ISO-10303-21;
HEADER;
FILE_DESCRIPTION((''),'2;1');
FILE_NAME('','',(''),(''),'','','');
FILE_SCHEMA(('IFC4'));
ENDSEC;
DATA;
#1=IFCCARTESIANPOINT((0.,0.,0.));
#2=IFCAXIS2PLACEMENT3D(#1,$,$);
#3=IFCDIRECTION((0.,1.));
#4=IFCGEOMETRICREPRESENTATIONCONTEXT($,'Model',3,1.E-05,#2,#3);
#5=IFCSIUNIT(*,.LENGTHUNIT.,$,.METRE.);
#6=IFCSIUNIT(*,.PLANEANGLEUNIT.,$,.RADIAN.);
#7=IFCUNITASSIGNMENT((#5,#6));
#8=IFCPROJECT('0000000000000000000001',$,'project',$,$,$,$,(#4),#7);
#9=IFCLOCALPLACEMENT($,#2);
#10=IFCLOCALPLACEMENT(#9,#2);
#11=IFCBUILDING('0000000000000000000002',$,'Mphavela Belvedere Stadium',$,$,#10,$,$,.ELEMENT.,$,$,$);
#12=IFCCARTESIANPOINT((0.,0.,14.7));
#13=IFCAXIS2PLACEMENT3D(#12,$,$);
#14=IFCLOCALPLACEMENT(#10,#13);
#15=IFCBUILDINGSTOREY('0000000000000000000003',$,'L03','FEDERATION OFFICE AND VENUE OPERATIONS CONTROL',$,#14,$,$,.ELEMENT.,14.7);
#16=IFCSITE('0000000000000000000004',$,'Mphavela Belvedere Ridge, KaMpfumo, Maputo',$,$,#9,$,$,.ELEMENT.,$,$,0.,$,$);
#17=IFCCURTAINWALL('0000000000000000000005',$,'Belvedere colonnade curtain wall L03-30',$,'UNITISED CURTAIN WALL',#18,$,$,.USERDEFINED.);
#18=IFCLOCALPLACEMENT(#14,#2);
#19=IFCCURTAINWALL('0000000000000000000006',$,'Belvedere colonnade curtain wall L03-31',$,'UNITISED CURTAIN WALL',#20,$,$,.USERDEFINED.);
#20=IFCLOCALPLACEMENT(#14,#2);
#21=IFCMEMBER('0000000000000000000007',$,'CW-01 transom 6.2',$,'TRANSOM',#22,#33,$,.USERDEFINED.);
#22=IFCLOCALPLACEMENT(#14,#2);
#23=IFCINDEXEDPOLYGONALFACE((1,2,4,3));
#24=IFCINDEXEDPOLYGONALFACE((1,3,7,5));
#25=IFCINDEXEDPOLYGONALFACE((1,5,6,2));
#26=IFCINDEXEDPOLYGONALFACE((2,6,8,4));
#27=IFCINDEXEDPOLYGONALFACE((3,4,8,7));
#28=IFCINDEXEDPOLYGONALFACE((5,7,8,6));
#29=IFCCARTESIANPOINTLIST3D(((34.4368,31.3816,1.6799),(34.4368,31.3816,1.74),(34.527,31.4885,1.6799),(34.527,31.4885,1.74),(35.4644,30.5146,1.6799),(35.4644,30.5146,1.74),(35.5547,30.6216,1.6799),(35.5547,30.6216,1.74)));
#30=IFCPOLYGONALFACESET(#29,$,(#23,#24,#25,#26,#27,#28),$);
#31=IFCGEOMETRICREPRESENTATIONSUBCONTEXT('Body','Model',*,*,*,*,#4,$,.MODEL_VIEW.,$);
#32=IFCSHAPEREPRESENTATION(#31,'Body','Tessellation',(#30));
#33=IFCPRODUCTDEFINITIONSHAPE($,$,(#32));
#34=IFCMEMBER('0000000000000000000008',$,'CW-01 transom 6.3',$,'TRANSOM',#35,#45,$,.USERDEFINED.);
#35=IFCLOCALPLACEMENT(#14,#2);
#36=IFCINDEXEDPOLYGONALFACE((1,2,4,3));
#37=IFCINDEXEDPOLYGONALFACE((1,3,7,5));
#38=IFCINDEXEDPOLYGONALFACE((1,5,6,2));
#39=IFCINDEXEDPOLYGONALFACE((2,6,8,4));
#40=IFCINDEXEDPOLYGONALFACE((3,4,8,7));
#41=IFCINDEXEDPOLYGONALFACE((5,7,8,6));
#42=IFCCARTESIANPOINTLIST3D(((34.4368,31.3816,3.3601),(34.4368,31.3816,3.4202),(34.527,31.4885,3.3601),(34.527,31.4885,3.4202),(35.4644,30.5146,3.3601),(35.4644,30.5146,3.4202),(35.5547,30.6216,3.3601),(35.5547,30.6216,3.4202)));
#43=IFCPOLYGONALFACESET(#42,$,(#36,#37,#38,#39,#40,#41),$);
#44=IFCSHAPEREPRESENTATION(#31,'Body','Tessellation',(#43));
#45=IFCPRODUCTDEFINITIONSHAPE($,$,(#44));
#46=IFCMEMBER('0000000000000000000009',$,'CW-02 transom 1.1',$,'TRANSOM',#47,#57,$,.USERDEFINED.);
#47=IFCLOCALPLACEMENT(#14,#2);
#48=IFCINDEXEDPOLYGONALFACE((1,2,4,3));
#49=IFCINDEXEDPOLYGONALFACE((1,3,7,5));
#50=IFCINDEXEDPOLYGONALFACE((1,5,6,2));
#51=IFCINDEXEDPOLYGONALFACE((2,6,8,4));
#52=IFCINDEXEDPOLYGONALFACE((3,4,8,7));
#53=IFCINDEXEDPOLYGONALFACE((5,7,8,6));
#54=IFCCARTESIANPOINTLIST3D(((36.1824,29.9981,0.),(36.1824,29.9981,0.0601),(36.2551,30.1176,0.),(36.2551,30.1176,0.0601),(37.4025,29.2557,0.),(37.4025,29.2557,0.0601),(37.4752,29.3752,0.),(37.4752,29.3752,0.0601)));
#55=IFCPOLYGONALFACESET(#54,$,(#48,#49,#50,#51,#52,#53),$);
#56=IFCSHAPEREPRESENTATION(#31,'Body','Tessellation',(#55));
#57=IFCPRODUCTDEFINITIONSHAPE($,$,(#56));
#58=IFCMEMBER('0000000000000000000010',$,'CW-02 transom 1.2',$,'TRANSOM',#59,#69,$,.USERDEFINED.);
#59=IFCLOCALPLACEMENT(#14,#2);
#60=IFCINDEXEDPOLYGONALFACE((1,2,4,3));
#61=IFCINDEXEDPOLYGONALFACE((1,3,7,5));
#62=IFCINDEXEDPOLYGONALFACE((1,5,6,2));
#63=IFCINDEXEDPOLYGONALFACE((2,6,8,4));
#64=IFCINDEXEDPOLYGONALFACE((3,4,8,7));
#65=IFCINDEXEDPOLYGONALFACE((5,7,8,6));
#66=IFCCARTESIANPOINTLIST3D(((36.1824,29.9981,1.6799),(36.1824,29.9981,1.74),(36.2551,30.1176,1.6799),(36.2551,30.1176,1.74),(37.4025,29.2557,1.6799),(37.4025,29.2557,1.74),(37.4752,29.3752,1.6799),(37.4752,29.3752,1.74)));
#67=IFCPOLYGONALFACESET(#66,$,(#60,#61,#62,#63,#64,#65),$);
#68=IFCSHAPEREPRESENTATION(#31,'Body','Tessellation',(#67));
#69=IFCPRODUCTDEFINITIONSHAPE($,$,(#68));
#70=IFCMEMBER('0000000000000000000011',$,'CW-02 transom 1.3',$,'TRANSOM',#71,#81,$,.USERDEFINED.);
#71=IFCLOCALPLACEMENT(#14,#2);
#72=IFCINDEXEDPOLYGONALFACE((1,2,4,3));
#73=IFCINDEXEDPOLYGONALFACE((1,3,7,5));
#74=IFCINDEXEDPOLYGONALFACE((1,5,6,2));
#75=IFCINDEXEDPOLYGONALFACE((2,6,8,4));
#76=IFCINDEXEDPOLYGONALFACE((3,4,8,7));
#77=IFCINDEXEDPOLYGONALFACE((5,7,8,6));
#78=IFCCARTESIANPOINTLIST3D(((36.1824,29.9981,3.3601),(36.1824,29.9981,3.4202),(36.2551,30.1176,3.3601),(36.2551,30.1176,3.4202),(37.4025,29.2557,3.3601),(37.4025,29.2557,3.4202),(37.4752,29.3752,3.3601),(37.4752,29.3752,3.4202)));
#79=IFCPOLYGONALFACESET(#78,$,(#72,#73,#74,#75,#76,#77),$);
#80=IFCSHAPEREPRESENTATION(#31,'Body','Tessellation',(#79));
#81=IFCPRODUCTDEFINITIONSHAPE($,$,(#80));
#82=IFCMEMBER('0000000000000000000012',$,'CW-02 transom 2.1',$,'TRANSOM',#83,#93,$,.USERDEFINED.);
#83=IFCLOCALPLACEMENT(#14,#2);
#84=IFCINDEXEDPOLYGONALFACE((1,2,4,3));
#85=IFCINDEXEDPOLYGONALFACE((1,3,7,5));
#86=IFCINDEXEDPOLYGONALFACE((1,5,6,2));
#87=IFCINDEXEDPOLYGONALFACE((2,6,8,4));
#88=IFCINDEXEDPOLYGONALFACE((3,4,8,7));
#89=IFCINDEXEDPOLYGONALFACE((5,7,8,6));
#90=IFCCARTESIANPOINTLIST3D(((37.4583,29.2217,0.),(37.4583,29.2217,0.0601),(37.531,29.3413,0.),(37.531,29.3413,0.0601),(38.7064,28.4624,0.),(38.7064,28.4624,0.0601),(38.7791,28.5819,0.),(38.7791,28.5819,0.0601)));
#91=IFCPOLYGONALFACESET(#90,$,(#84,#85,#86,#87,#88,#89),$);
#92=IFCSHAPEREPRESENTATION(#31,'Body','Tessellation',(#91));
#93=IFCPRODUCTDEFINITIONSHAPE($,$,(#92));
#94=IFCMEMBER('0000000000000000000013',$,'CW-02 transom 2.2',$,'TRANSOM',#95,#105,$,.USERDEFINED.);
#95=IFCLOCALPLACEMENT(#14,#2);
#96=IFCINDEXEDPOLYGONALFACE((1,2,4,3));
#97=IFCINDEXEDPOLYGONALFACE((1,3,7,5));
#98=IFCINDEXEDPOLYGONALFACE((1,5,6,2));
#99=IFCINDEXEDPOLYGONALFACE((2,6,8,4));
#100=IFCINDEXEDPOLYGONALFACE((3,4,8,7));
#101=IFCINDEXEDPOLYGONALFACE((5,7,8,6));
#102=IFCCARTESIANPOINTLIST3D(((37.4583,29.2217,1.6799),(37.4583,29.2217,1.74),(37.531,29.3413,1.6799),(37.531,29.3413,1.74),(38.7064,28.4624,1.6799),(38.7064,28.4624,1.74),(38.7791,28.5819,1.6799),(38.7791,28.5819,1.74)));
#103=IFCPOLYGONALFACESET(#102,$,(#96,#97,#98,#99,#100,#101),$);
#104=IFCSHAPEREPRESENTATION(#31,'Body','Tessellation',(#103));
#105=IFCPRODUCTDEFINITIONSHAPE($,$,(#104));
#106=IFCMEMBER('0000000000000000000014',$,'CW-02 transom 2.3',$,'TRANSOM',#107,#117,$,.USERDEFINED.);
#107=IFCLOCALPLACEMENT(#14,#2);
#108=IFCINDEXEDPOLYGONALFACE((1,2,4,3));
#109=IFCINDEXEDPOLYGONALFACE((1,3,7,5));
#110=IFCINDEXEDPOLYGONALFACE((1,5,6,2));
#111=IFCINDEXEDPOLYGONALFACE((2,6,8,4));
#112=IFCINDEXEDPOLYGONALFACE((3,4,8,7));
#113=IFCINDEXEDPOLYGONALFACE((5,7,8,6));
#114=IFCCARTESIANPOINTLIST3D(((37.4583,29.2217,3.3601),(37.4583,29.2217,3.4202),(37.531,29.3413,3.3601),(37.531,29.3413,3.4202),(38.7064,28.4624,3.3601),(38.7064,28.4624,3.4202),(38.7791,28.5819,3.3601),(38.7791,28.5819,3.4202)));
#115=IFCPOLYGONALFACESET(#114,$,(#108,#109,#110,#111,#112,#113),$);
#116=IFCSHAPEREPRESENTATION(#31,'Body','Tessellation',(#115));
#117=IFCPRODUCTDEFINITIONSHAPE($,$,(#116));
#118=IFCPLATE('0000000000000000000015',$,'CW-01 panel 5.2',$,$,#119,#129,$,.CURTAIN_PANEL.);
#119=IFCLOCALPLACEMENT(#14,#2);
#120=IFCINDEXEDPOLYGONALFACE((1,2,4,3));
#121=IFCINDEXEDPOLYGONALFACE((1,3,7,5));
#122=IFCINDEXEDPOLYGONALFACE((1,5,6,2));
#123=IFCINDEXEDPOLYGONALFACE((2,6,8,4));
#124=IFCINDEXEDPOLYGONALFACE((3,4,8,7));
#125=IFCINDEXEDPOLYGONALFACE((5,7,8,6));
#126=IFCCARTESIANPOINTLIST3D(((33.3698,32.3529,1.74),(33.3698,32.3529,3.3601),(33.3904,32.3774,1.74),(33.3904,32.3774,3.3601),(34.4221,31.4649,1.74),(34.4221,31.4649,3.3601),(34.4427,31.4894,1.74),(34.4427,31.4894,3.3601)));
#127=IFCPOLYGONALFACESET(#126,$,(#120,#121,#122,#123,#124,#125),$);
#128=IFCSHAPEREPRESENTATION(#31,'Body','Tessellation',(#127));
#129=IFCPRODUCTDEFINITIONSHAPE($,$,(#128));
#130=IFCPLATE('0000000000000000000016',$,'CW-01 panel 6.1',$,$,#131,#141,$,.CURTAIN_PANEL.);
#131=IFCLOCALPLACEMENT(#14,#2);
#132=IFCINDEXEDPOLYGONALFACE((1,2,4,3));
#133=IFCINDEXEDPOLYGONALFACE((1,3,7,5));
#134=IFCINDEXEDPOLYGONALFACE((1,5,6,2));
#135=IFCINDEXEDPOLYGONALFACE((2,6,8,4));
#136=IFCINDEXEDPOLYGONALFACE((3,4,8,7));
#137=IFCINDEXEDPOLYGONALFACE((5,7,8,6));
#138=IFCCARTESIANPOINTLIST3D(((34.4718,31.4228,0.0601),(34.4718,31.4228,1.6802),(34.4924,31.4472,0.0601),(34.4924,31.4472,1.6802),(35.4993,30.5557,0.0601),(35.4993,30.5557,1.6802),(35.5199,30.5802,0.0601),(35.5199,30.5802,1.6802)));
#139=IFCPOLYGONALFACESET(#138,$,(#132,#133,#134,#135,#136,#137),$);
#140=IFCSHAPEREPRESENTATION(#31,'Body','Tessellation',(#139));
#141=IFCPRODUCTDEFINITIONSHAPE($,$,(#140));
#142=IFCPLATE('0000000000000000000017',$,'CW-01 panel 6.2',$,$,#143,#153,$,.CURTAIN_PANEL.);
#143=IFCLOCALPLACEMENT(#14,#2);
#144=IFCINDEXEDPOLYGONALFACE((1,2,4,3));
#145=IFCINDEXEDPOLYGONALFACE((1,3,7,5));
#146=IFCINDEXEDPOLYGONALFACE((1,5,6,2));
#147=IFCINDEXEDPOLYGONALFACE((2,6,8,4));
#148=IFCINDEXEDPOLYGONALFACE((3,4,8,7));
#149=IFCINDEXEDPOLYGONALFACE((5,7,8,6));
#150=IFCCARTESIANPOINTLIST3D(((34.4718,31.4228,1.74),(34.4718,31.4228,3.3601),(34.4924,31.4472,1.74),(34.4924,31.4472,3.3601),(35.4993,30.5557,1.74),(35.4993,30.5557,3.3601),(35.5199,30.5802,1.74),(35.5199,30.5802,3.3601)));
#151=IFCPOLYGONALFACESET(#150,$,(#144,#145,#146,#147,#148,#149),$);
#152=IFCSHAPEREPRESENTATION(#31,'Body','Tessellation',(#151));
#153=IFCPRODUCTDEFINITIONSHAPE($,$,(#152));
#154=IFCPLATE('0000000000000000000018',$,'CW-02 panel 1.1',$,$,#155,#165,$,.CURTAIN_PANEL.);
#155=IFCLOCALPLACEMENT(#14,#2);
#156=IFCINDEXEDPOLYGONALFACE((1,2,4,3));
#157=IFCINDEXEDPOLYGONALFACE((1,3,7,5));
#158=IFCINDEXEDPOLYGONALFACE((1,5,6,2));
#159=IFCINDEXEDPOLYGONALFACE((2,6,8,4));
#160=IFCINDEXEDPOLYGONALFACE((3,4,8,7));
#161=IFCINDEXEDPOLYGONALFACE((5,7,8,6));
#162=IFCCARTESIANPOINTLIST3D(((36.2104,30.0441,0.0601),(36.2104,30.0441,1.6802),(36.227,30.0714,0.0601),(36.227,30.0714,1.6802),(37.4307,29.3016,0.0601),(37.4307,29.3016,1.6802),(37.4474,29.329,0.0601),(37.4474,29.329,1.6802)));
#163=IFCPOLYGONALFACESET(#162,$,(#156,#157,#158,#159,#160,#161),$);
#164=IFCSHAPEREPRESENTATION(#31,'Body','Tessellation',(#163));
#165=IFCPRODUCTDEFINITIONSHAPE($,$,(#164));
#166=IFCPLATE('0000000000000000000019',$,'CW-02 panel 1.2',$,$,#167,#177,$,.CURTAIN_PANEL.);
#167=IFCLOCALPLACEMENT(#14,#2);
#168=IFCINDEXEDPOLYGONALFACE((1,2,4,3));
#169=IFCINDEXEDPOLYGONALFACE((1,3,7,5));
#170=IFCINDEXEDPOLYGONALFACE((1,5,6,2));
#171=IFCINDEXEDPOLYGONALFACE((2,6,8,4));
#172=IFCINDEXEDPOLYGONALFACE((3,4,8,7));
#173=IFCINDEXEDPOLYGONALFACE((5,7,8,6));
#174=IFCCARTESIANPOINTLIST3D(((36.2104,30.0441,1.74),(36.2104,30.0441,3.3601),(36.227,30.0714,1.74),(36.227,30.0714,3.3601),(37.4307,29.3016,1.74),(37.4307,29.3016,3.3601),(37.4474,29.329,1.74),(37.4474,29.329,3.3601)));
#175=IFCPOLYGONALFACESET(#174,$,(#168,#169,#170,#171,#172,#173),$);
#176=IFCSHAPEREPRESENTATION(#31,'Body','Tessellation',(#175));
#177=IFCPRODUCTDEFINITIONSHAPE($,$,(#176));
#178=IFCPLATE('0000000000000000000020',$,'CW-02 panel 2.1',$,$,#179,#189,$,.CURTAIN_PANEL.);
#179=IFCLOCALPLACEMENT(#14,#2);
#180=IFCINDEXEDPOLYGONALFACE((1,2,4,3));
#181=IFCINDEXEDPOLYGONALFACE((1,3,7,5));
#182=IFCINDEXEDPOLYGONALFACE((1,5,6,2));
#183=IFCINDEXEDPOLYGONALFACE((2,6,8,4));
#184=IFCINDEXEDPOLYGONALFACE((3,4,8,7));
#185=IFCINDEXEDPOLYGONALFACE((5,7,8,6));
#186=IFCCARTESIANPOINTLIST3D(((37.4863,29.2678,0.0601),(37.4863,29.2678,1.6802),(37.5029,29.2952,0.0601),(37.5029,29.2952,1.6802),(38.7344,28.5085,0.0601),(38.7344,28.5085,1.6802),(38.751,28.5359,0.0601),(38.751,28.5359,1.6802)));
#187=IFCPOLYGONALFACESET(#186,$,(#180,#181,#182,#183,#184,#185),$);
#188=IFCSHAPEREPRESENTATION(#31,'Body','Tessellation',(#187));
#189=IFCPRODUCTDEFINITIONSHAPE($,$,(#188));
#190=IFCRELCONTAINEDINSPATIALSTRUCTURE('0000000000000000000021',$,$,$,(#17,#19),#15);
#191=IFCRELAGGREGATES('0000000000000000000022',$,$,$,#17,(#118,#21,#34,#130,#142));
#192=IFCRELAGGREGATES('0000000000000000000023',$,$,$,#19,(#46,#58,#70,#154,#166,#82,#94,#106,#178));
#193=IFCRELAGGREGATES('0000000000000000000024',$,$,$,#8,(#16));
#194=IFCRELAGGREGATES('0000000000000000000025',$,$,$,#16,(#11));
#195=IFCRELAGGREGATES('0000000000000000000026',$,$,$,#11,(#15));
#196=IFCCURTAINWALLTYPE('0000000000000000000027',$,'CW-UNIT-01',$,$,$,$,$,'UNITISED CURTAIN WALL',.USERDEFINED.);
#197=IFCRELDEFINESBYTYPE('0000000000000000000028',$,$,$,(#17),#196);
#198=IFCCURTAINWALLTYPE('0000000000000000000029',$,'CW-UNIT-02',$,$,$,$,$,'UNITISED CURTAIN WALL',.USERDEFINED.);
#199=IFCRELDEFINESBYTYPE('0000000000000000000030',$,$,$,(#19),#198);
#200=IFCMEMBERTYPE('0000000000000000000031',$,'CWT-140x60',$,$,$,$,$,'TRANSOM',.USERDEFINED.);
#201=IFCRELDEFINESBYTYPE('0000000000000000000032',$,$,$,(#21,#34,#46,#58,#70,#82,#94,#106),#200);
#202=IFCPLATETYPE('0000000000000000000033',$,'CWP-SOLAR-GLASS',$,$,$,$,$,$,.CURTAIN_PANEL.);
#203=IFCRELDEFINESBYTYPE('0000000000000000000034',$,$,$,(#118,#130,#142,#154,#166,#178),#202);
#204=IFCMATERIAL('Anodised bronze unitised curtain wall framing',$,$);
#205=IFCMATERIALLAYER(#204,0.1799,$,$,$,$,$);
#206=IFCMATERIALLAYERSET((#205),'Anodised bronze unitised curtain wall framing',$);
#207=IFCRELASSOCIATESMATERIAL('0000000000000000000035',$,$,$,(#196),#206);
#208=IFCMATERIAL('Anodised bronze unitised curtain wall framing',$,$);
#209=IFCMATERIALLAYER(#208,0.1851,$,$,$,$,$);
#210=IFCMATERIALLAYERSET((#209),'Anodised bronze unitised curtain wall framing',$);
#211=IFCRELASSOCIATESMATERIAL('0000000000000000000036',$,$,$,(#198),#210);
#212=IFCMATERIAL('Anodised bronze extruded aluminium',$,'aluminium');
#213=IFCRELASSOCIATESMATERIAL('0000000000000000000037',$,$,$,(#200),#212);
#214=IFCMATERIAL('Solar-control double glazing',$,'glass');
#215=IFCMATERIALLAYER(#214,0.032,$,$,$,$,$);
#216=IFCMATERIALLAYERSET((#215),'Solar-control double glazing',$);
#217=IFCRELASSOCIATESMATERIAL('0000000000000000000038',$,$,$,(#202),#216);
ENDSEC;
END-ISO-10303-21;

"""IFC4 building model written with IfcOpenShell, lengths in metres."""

from ifc_helpers import new_model, si_unit, direction, frame, origin, origin_2d, place, context, subcontext, project, spatial, rectangle, extrude, material, layer, layer_set, material_profile, profile_set, type_object, element, aggregate, save


model = new_model("IFC4")

# Units and contexts
model_context = context("Model", 3, precision=1e-05, world=origin(), true_north=direction((0.0, 1.0)))
body_context = subcontext(model_context, "Body", "Model", "MODEL_VIEW")
ifc_project = project(units=[si_unit("LENGTHUNIT", "METRE"), si_unit("PLANEANGLEUNIT", "RADIAN")], contexts=[model_context])

# Site, building, storey
site_placement = place(None, origin())
site = spatial("IfcSite", under=ifc_project, at=site_placement, Name="Mphavela Belvedere Ridge, KaMpfumo, Maputo", CompositionType="ELEMENT", RefElevation=0.0)
building_placement = place(site_placement, origin())
building = spatial("IfcBuilding", under=site, at=building_placement, Name="Mphavela Belvedere Stadium", CompositionType="ELEMENT")
storey_placement = place(building_placement, frame((0.0, 0.0, 14.7)))
storey = spatial("IfcBuildingStorey", under=building, at=storey_placement, Name="L03", Description="FEDERATION OFFICE AND VENUE OPERATIONS CONTROL", CompositionType="ELEMENT", Elevation=14.7)

# Curtain walls
ifc_material_1 = material(Name="Anodised bronze unitised curtain wall framing")
ifc_layer_1 = layer(ifc_material_1, 0.1799)
ifc_layer_set_1 = layer_set([ifc_layer_1], Name="Anodised bronze unitised curtain wall framing")
curtain_wall_type_1 = type_object("IfcCurtainWallType", Name="CW-UNIT-01", ElementType="UNITISED CURTAIN WALL", PredefinedType="USERDEFINED", material=ifc_layer_set_1)
curtain_wall_1_placement = place(storey_placement, origin())
curtain_wall_1 = element("IfcCurtainWall", 1, at=curtain_wall_1_placement, inside=storey, type_object=curtain_wall_type_1, Name="Belvedere colonnade curtain wall L03-30", ObjectType="UNITISED CURTAIN WALL", PredefinedType="USERDEFINED")
ifc_material_2 = material(Name="Anodised bronze unitised curtain wall framing")
ifc_layer_2 = layer(ifc_material_2, 0.1851)
ifc_layer_set_2 = layer_set([ifc_layer_2], Name="Anodised bronze unitised curtain wall framing")
curtain_wall_type_2 = type_object("IfcCurtainWallType", Name="CW-UNIT-02", ElementType="UNITISED CURTAIN WALL", PredefinedType="USERDEFINED", material=ifc_layer_set_2)
curtain_wall_2_placement = place(storey_placement, origin())
curtain_wall_2 = element("IfcCurtainWall", 2, at=curtain_wall_2_placement, inside=storey, type_object=curtain_wall_type_2, Name="Belvedere colonnade curtain wall L03-31", ObjectType="UNITISED CURTAIN WALL", PredefinedType="USERDEFINED")

# Members
ifc_material_3 = material(Name="Anodised bronze extruded aluminium", Category="aluminium")
ifc_material_profile_1 = material_profile(ifc_material_3, rectangle(XDim=0.1399, YDim=0.0601, at=origin_2d()), Name="CW-TRN 140x60")
ifc_profile_set_1 = profile_set([ifc_material_profile_1], Name="Anodised bronze extruded aluminium")
member_type_1 = type_object("IfcMemberType", Name="CWT-140x60", ElementType="TRANSOM", PredefinedType="USERDEFINED", material=ifc_profile_set_1)
member_1_placement = place(storey_placement, frame((34.4819, 31.4351, 1.71), z_axis=(0.764322, -0.644834, 0.0), x_axis=(0.644834, 0.764322, 0.0)))
member_1 = element("IfcMember", 3, at=member_1_placement, type_object=member_type_1, Name="CW-01 transom 6.2", ObjectType="TRANSOM", PredefinedType="USERDEFINED", context=body_context, shape_type="SweptSolid", body=[
    extrude(rectangle(XDim=0.1399, YDim=0.0601, at=origin_2d()), origin(), (0.0, 0.0, 1.0), 1.3445),
])
member_2_placement = place(storey_placement, frame((34.4819, 31.4351, 3.3901), z_axis=(0.764322, -0.644834, 0.0), x_axis=(0.644834, 0.764322, 0.0)))
member_2 = element("IfcMember", 4, at=member_2_placement, type_object=member_type_1, Name="CW-01 transom 6.3", ObjectType="TRANSOM", PredefinedType="USERDEFINED", context=body_context, shape_type="SweptSolid", body=[
    extrude(rectangle(XDim=0.1399, YDim=0.0601, at=origin_2d()), origin(), (0.0, 0.0, 1.0), 1.3445),
])
member_3_placement = place(storey_placement, frame((36.2188, 30.0579, 0.03), z_axis=(0.854294, -0.51979, 0.0), x_axis=(0.51979, 0.854294, 0.0)))
member_3 = element("IfcMember", 5, at=member_3_placement, type_object=member_type_1, Name="CW-02 transom 1.1", ObjectType="TRANSOM", PredefinedType="USERDEFINED", context=body_context, shape_type="SweptSolid", body=[
    extrude(rectangle(XDim=0.1399, YDim=0.0601, at=origin_2d()), origin(), (0.0, 0.0, 1.0), 1.4282),
])
member_4_placement = place(storey_placement, frame((36.2188, 30.0579, 1.71), z_axis=(0.854294, -0.51979, 0.0), x_axis=(0.51979, 0.854294, 0.0)))
member_4 = element("IfcMember", 6, at=member_4_placement, type_object=member_type_1, Name="CW-02 transom 1.2", ObjectType="TRANSOM", PredefinedType="USERDEFINED", context=body_context, shape_type="SweptSolid", body=[
    extrude(rectangle(XDim=0.1399, YDim=0.0601, at=origin_2d()), origin(), (0.0, 0.0, 1.0), 1.4282),
])
member_5_placement = place(storey_placement, frame((36.2188, 30.0579, 3.3901), z_axis=(0.854294, -0.51979, 0.0), x_axis=(0.51979, 0.854294, 0.0)))
member_5 = element("IfcMember", 7, at=member_5_placement, type_object=member_type_1, Name="CW-02 transom 1.3", ObjectType="TRANSOM", PredefinedType="USERDEFINED", context=body_context, shape_type="SweptSolid", body=[
    extrude(rectangle(XDim=0.1399, YDim=0.0601, at=origin_2d()), origin(), (0.0, 0.0, 1.0), 1.4282),
])
member_6_placement = place(storey_placement, frame((37.4946, 29.2815, 0.03), z_axis=(0.854321, -0.519745, 0.0), x_axis=(0.519745, 0.854321, 0.0)))
member_6 = element("IfcMember", 8, at=member_6_placement, type_object=member_type_1, Name="CW-02 transom 2.1", ObjectType="TRANSOM", PredefinedType="USERDEFINED", context=body_context, shape_type="SweptSolid", body=[
    extrude(rectangle(XDim=0.1399, YDim=0.0601, at=origin_2d()), origin(), (0.0, 0.0, 1.0), 1.4609),
])
member_7_placement = place(storey_placement, frame((37.4946, 29.2815, 1.71), z_axis=(0.854321, -0.519745, 0.0), x_axis=(0.519745, 0.854321, 0.0)))
member_7 = element("IfcMember", 9, at=member_7_placement, type_object=member_type_1, Name="CW-02 transom 2.2", ObjectType="TRANSOM", PredefinedType="USERDEFINED", context=body_context, shape_type="SweptSolid", body=[
    extrude(rectangle(XDim=0.1399, YDim=0.0601, at=origin_2d()), origin(), (0.0, 0.0, 1.0), 1.4609),
])
member_8_placement = place(storey_placement, frame((37.4946, 29.2815, 3.3901), z_axis=(0.854321, -0.519745, 0.0), x_axis=(0.519745, 0.854321, 0.0)))
member_8 = element("IfcMember", 10, at=member_8_placement, type_object=member_type_1, Name="CW-02 transom 2.3", ObjectType="TRANSOM", PredefinedType="USERDEFINED", context=body_context, shape_type="SweptSolid", body=[
    extrude(rectangle(XDim=0.1399, YDim=0.0601, at=origin_2d()), origin(), (0.0, 0.0, 1.0), 1.4609),
])

# Plates
ifc_material_4 = material(Name="Solar-control double glazing", Category="glass")
ifc_layer_3 = layer(ifc_material_4, 0.032)
ifc_layer_set_3 = layer_set([ifc_layer_3], Name="Solar-control double glazing")
plate_type = type_object("IfcPlateType", Name="CWP-SOLAR-GLASS", PredefinedType="CURTAIN_PANEL", material=ifc_layer_set_3)
plate_1_placement = place(storey_placement, frame((33.9062, 31.9211, 1.74), z_axis=(0.0, 0.0, 1.0), x_axis=(0.764263, -0.644905, 0.0)))
plate_1 = element("IfcPlate", 11, at=plate_1_placement, type_object=plate_type, Name="CW-01 panel 5.2", PredefinedType="CURTAIN_PANEL", context=body_context, shape_type="SweptSolid", body=[
    extrude(rectangle(XDim=1.377, YDim=0.032, at=origin_2d()), origin(), (0.0, 0.0, 1.0), 1.6201),
])
plate_2_placement = place(storey_placement, frame((34.9958, 31.0015, 0.0601), z_axis=(0.0, 0.0, 1.0), x_axis=(0.764263, -0.644905, 0.0)))
plate_2 = element("IfcPlate", 12, at=plate_2_placement, type_object=plate_type, Name="CW-01 panel 6.1", PredefinedType="CURTAIN_PANEL", context=body_context, shape_type="SweptSolid", body=[
    extrude(rectangle(XDim=1.3445, YDim=0.032, at=origin_2d()), origin(), (0.0, 0.0, 1.0), 1.6201),
])
plate_3_placement = place(storey_placement, frame((34.9958, 31.0015, 1.74), z_axis=(0.0, 0.0, 1.0), x_axis=(0.764263, -0.644905, 0.0)))
plate_3 = element("IfcPlate", 13, at=plate_3_placement, type_object=plate_type, Name="CW-01 panel 6.2", PredefinedType="CURTAIN_PANEL", context=body_context, shape_type="SweptSolid", body=[
    extrude(rectangle(XDim=1.3445, YDim=0.032, at=origin_2d()), origin(), (0.0, 0.0, 1.0), 1.6201),
])
aggregate(curtain_wall_1, [plate_1, member_1, member_2, plate_2, plate_3])
plate_4_placement = place(storey_placement, frame((36.8289, 29.6865, 0.0601), z_axis=(0.0, 0.0, 1.0), x_axis=(0.854325, -0.519738, 0.0)))
plate_4 = element("IfcPlate", 14, at=plate_4_placement, type_object=plate_type, Name="CW-02 panel 1.1", PredefinedType="CURTAIN_PANEL", context=body_context, shape_type="SweptSolid", body=[
    extrude(rectangle(XDim=1.4285, YDim=0.032, at=origin_2d()), origin(), (0.0, 0.0, 1.0), 1.6201),
])
plate_5_placement = place(storey_placement, frame((36.8289, 29.6865, 1.74), z_axis=(0.0, 0.0, 1.0), x_axis=(0.854325, -0.519738, 0.0)))
plate_5 = element("IfcPlate", 15, at=plate_5_placement, type_object=plate_type, Name="CW-02 panel 1.2", PredefinedType="CURTAIN_PANEL", context=body_context, shape_type="SweptSolid", body=[
    extrude(rectangle(XDim=1.4285, YDim=0.032, at=origin_2d()), origin(), (0.0, 0.0, 1.0), 1.6201),
])
plate_6_placement = place(storey_placement, frame((38.1187, 28.9019, 0.0601), z_axis=(0.0, 0.0, 1.0), x_axis=(0.854325, -0.519738, 0.0)))
plate_6 = element("IfcPlate", 16, at=plate_6_placement, type_object=plate_type, Name="CW-02 panel 2.1", PredefinedType="CURTAIN_PANEL", context=body_context, shape_type="SweptSolid", body=[
    extrude(rectangle(XDim=1.4609, YDim=0.032, at=origin_2d()), origin(), (0.0, 0.0, 1.0), 1.6201),
])
aggregate(curtain_wall_2, [member_3, member_4, member_5, plate_4, plate_5, member_6, member_7, member_8, plate_6])

save(model, "model.ifc")
